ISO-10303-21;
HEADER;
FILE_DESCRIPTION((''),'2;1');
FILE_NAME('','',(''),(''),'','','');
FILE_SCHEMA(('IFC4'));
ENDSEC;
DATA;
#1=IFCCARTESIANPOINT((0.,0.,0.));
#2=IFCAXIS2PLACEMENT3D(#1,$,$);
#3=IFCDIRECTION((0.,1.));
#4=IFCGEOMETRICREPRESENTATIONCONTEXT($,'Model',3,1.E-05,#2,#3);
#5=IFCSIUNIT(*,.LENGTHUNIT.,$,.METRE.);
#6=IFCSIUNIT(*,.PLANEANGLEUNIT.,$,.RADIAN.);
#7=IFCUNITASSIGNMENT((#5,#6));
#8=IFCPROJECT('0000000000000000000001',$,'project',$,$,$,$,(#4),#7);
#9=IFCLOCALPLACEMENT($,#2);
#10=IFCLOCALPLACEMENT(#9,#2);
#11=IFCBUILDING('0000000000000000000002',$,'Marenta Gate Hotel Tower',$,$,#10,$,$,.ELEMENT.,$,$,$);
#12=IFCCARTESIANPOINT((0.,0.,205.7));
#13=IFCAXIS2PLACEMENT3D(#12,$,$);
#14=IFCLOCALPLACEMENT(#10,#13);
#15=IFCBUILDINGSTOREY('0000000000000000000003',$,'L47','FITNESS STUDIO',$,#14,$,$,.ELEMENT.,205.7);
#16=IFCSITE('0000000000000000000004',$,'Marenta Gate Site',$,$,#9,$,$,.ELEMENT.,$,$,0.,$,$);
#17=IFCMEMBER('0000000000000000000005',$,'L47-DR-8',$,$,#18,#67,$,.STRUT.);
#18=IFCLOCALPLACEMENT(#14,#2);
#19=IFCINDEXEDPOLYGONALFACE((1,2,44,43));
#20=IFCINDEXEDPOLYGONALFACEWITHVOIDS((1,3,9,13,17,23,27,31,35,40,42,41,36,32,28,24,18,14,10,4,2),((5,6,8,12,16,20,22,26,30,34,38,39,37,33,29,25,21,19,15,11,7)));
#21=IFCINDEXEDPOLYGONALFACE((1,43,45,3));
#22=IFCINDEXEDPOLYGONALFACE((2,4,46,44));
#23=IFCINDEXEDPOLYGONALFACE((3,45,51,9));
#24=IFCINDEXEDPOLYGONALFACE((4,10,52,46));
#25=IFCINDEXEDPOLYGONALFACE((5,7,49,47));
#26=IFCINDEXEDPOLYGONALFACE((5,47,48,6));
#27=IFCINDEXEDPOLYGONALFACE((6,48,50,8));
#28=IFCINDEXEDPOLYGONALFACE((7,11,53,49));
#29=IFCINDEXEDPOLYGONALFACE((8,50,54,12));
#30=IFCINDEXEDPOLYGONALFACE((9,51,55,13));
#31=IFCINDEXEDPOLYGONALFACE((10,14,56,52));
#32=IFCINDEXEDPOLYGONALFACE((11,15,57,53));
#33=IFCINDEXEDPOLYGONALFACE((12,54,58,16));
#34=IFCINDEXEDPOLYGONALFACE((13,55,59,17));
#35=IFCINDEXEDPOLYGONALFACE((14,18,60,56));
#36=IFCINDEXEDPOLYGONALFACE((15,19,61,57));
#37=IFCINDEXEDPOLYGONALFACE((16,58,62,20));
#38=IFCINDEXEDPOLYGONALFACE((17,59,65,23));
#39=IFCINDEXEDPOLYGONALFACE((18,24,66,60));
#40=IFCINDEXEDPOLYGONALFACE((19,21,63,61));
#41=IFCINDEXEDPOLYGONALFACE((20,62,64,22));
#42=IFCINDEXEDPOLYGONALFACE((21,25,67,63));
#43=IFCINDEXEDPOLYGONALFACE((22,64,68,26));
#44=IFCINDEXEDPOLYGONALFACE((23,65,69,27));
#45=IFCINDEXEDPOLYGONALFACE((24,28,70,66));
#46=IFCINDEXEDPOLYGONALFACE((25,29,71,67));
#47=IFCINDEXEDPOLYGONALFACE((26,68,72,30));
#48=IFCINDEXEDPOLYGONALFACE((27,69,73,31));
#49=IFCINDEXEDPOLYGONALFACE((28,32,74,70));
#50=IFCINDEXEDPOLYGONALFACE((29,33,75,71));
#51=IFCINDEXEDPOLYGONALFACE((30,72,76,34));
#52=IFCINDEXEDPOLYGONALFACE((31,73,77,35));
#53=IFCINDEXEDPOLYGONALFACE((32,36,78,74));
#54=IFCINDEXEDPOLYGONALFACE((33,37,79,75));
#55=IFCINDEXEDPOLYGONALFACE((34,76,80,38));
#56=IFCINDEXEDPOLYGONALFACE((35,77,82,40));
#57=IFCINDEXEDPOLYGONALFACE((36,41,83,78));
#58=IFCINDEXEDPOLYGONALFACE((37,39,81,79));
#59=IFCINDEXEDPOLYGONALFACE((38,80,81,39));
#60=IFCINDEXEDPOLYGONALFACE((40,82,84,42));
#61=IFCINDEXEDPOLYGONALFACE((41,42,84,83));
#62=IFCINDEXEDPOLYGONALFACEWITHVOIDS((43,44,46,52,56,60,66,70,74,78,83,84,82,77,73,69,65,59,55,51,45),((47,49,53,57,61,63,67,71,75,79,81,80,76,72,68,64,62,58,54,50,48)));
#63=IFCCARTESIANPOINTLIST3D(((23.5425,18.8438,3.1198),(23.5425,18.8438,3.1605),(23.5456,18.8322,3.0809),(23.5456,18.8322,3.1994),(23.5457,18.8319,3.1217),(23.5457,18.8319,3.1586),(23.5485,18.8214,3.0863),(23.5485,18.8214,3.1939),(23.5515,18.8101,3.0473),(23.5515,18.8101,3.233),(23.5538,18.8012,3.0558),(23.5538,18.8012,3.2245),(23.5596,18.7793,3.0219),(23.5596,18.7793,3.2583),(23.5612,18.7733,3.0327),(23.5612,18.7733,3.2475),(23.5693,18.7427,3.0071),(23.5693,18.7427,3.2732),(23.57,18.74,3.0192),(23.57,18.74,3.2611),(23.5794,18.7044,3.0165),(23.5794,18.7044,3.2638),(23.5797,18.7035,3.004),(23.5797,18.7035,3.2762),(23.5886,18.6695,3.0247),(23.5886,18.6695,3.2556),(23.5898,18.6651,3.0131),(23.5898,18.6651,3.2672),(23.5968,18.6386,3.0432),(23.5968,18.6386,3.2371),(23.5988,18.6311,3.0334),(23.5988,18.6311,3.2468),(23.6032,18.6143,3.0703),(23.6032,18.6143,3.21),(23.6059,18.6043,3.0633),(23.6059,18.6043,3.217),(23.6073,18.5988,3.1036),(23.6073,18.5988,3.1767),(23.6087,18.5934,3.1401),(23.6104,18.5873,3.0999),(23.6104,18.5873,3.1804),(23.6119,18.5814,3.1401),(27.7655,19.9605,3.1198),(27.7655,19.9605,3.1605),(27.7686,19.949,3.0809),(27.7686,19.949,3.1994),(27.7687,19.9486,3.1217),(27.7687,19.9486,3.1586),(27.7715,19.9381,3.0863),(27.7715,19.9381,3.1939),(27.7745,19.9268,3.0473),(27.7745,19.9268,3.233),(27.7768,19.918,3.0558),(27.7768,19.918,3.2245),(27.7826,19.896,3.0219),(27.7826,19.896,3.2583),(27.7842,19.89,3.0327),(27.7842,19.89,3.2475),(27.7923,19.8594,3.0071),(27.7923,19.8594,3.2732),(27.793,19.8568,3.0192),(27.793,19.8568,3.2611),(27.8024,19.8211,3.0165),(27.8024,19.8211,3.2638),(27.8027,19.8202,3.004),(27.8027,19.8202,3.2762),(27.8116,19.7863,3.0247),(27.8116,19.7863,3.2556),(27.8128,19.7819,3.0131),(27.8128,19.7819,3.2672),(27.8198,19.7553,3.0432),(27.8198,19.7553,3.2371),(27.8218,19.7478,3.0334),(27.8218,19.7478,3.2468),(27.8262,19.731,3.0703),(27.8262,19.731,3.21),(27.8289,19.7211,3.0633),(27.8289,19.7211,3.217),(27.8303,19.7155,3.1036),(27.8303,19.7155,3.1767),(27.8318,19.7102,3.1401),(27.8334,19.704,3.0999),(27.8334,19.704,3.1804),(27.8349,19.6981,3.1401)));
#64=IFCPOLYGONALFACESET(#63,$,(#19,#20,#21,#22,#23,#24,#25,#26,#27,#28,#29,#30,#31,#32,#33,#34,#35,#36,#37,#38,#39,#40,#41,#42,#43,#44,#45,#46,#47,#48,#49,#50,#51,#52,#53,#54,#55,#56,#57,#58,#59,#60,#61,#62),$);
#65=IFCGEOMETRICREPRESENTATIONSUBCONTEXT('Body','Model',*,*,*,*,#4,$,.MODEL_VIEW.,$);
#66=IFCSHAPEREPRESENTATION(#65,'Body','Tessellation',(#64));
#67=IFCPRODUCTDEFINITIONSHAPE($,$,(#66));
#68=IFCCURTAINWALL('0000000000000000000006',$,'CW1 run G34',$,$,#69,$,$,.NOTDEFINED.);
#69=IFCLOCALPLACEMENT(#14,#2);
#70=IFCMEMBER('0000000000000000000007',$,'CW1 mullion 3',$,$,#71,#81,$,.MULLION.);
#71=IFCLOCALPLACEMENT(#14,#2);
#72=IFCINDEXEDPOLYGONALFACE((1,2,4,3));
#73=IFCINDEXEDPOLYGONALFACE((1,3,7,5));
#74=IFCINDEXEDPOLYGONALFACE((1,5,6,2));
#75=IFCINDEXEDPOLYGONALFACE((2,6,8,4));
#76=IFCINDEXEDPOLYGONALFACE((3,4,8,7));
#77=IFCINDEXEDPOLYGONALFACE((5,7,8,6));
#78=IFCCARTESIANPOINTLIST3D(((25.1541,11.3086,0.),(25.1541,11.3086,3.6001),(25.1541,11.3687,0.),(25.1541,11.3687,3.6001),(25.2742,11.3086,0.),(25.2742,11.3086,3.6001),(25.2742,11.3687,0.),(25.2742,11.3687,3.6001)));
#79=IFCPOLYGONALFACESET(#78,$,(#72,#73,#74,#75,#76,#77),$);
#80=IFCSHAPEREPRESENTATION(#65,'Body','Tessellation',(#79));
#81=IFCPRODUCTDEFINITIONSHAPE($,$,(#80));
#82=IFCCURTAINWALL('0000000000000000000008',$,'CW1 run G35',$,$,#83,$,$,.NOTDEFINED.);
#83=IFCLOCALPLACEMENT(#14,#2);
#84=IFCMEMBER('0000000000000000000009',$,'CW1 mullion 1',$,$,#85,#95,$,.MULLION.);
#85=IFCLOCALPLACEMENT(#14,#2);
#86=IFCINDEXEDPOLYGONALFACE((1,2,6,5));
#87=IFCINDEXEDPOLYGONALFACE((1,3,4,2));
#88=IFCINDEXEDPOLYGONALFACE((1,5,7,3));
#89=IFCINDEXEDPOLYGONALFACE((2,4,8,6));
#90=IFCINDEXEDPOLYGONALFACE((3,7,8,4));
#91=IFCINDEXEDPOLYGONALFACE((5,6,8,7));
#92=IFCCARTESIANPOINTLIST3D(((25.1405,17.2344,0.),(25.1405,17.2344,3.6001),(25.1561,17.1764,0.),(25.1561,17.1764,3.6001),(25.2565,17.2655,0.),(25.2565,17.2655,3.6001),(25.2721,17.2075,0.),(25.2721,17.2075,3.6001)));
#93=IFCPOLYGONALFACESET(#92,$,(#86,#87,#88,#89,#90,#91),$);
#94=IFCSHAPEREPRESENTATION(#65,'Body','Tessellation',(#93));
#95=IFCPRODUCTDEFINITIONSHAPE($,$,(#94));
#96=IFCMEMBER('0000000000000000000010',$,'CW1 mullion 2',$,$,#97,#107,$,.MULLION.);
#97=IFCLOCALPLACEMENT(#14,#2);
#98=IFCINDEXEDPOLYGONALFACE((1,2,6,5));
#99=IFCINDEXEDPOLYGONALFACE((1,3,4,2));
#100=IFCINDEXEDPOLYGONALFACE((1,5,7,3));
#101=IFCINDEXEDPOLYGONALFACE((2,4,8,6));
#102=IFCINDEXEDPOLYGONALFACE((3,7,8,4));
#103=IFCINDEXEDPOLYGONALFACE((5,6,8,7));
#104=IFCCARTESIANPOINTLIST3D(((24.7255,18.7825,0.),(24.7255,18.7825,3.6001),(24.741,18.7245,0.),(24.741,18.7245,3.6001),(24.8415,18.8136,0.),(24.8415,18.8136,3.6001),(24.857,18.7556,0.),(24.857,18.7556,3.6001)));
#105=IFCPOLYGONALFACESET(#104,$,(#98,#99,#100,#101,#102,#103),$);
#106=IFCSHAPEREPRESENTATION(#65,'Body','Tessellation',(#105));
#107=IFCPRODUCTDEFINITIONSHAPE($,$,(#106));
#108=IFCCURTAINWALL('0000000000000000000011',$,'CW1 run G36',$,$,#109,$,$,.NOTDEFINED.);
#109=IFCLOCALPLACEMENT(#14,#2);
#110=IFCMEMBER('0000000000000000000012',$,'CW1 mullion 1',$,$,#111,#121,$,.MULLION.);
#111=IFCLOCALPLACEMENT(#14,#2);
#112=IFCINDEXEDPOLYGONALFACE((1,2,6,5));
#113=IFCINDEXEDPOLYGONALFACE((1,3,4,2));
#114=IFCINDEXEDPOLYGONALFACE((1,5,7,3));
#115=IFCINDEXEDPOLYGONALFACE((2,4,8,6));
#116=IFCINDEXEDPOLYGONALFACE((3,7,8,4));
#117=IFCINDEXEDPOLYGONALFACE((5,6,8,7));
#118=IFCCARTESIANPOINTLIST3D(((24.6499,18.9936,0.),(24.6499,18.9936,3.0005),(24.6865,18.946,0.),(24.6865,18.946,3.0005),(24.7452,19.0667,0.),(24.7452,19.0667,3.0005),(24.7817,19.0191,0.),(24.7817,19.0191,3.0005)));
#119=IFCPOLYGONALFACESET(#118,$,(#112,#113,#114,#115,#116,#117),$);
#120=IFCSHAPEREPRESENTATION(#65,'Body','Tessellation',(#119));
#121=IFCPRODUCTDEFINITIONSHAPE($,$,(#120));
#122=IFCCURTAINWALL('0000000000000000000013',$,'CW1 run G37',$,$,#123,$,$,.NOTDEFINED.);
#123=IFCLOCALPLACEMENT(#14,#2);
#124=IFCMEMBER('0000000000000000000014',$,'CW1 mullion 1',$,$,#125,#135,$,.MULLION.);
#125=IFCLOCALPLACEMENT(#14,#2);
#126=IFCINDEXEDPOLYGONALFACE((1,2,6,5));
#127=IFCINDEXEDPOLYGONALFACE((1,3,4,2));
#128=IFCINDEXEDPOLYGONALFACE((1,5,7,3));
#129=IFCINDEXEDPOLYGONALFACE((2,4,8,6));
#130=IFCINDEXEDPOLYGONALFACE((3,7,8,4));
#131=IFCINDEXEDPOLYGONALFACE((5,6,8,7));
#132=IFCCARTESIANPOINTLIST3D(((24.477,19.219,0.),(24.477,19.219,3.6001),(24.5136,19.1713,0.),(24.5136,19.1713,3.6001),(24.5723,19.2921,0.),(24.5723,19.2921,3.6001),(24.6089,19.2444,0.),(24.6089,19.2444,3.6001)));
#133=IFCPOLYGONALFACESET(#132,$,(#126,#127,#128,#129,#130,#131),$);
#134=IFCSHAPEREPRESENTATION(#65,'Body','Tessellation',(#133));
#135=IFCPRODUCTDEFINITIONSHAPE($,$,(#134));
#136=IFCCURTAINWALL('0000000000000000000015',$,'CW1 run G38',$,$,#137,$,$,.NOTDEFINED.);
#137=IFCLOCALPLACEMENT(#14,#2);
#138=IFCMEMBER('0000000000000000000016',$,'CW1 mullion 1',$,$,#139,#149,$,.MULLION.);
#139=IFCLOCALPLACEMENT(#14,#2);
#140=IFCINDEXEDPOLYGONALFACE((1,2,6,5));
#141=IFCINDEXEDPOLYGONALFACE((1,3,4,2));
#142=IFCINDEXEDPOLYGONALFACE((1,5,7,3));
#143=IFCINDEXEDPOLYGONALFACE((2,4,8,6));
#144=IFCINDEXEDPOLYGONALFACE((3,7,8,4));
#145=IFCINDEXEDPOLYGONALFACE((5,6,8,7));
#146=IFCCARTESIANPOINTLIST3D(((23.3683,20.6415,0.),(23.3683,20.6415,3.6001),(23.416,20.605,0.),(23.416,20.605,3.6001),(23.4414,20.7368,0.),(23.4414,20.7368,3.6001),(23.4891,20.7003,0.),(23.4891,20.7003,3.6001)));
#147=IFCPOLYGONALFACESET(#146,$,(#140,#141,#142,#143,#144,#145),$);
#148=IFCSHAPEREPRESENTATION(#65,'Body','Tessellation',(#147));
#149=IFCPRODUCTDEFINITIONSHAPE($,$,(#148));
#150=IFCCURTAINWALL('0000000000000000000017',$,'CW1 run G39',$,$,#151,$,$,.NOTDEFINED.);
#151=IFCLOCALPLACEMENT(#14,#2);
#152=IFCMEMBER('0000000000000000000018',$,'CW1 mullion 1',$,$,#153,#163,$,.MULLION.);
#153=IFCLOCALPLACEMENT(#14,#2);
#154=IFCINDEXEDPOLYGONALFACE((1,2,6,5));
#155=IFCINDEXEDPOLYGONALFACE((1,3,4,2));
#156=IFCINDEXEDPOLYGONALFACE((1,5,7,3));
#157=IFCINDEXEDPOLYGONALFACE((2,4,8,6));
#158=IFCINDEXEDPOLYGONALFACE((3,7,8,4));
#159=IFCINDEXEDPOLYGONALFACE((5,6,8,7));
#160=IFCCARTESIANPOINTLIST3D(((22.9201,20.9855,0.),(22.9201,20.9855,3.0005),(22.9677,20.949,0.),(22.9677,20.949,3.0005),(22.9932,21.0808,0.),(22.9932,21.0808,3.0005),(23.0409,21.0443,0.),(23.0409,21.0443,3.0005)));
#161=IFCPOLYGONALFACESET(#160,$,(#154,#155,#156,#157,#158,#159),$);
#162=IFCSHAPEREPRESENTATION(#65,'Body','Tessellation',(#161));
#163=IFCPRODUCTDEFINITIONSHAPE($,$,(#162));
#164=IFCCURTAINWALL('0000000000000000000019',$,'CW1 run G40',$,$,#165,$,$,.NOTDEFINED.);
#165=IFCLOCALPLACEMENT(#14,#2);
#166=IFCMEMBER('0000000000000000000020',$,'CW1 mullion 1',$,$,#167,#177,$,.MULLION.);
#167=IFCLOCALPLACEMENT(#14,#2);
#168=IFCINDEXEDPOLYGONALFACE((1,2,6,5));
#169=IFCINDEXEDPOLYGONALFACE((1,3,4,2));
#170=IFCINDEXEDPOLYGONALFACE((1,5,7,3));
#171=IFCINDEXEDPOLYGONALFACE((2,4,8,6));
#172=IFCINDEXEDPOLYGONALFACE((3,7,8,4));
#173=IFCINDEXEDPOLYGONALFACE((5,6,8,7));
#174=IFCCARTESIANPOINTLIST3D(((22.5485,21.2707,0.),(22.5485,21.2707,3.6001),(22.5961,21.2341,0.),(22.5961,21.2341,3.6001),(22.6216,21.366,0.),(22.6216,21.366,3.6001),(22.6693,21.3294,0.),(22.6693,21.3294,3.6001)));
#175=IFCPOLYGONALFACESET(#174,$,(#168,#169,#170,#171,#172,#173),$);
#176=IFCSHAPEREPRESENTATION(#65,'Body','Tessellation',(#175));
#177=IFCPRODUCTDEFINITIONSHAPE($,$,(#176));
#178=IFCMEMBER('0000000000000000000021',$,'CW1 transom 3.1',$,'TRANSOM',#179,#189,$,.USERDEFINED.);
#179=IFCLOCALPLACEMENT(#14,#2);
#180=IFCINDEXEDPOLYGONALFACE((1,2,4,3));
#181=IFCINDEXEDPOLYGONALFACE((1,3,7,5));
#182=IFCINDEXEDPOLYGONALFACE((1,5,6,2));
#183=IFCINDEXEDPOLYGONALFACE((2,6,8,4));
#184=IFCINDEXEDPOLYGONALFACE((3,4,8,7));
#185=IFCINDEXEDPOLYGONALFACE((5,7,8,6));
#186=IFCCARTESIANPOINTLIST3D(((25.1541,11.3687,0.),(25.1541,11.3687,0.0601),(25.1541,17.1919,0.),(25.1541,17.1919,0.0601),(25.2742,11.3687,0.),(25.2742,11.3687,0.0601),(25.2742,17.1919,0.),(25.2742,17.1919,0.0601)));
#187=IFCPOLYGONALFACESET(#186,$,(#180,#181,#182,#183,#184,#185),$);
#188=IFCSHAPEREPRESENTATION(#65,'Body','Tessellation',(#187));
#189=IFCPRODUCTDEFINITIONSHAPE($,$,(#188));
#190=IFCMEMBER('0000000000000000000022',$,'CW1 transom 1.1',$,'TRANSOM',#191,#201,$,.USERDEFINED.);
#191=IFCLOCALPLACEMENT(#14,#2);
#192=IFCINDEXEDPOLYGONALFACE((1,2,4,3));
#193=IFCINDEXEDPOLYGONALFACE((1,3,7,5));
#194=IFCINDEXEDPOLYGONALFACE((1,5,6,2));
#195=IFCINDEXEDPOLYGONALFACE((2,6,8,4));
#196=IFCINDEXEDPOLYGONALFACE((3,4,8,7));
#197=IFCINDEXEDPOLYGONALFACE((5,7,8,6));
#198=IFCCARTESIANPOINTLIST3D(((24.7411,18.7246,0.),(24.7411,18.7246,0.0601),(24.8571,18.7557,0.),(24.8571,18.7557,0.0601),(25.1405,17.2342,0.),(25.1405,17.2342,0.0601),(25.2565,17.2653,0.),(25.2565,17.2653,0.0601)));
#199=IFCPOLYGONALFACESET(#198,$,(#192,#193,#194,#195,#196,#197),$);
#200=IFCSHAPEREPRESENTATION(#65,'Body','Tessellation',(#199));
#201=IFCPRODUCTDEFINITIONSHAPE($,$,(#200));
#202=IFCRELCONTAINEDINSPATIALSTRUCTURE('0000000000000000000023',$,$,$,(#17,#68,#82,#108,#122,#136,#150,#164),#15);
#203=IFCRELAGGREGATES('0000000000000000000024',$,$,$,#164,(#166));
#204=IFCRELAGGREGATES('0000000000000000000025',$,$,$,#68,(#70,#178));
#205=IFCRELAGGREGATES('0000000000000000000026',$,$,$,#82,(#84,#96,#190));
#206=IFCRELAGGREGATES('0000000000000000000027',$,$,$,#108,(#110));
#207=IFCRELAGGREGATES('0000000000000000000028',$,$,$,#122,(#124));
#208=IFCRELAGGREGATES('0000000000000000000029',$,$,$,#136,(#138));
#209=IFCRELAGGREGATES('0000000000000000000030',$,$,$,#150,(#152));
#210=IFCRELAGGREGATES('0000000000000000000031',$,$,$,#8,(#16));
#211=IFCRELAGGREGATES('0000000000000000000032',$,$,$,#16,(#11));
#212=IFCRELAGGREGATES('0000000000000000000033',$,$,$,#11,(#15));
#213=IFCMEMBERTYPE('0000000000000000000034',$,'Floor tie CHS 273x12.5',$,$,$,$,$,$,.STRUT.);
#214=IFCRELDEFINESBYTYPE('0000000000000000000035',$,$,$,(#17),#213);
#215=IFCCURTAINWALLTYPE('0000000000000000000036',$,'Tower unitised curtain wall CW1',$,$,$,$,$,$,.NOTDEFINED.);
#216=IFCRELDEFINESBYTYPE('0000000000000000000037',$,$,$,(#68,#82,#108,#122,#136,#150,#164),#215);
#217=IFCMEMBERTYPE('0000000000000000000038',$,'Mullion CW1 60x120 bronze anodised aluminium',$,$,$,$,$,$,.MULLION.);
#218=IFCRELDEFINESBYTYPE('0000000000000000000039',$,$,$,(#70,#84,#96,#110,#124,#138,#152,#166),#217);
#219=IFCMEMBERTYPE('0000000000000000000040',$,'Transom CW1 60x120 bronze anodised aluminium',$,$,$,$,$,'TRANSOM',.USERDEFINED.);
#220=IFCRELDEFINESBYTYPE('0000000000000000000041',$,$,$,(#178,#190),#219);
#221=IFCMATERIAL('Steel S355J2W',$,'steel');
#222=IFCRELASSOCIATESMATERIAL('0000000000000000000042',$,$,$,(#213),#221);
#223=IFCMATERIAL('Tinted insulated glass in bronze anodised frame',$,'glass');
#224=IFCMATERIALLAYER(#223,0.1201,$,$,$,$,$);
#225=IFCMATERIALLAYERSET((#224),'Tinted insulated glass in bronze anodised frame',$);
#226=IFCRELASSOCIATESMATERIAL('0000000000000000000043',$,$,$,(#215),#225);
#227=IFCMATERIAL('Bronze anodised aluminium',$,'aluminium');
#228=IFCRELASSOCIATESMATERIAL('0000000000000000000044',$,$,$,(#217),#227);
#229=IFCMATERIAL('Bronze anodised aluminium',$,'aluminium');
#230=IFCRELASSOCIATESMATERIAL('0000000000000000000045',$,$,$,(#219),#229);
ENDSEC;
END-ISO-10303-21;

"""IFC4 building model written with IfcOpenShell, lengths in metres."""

from ifc_helpers import new_model, si_unit, direction, frame, origin, origin_2d, place, context, subcontext, project, spatial, rectangle, hollow_circle, extrude, material, layer, layer_set, material_profile, profile_set, type_object, element, aggregate, save


model = new_model("IFC4")

# Units and contexts
model_context = context("Model", 3, precision=1e-05, world=origin(), true_north=direction((0.0, 1.0)))
body_context = subcontext(model_context, "Body", "Model", "MODEL_VIEW")
ifc_project = project(units=[si_unit("LENGTHUNIT", "METRE"), si_unit("PLANEANGLEUNIT", "RADIAN")], contexts=[model_context])

# Site, building, storey
site_placement = place(None, origin())
site = spatial("IfcSite", under=ifc_project, at=site_placement, Name="Marenta Gate Site", CompositionType="ELEMENT", RefElevation=0.0)
building_placement = place(site_placement, origin())
building = spatial("IfcBuilding", under=site, at=building_placement, Name="Marenta Gate Hotel Tower", CompositionType="ELEMENT")
storey_placement = place(building_placement, frame((0.0, 0.0, 205.7)))
storey = spatial("IfcBuildingStorey", under=building, at=storey_placement, Name="L47", Description="FITNESS STUDIO", CompositionType="ELEMENT", Elevation=205.7)

# Member
ifc_material_1 = material(Name="Steel S355J2W", Category="steel")
ifc_material_profile_1 = material_profile(ifc_material_1, hollow_circle(Radius=0.1365, WallThickness=0.0125, at=origin_2d()), Name="CHS 273x12.5")
ifc_profile_set_1 = profile_set([ifc_material_profile_1], Name="Steel S355J2W")
member_type_1 = type_object("IfcMemberType", Name="Floor tie CHS 273x12.5", PredefinedType="STRUT", material=ifc_profile_set_1)
member_1_placement = place(storey_placement, frame((27.8, 19.8301, 3.1401), z_axis=(-0.966769, -0.255651, 0.0), x_axis=(0.255651, -0.966769, 0.0)))
element("IfcMember", 1, at=member_1_placement, inside=storey, type_object=member_type_1, Name="L47-DR-8", PredefinedType="STRUT", context=body_context, shape_type="SweptSolid", body=[
    extrude(hollow_circle(Radius=0.1365, WallThickness=0.0125, at=origin_2d()), origin(), (0.0, 0.0, 1.0), 4.3682),
])

# Curtain wall, member
ifc_material_2 = material(Name="Tinted insulated glass in bronze anodised frame", Category="glass")
ifc_layer_1 = layer(ifc_material_2, 0.1201)
ifc_layer_set_1 = layer_set([ifc_layer_1], Name="Tinted insulated glass in bronze anodised frame")
curtain_wall_type = type_object("IfcCurtainWallType", Name="Tower unitised curtain wall CW1", PredefinedType="NOTDEFINED", material=ifc_layer_set_1)
curtain_wall_1_placement = place(storey_placement, origin())
curtain_wall_1 = element("IfcCurtainWall", 2, at=curtain_wall_1_placement, inside=storey, type_object=curtain_wall_type, Name="CW1 run G34", PredefinedType="NOTDEFINED")
ifc_material_3 = material(Name="Bronze anodised aluminium", Category="aluminium")
ifc_material_profile_2 = material_profile(ifc_material_3, rectangle(XDim=0.1201, YDim=0.0601, at=origin_2d()), Name="Mullion CW1 60x120 bronze anodised aluminium")
ifc_profile_set_2 = profile_set([ifc_material_profile_2], Name="Bronze anodised aluminium")
member_type_2 = type_object("IfcMemberType", Name="Mullion CW1 60x120 bronze anodised aluminium", PredefinedType="MULLION", material=ifc_profile_set_2)
member_2_placement = place(storey_placement, frame((25.2141, 11.3386, 0.0), z_axis=(0.0, 0.0, 1.0), x_axis=(-1.0, 0.0, 0.0)))
member_2 = element("IfcMember", 3, at=member_2_placement, type_object=member_type_2, Name="CW1 mullion 3", PredefinedType="MULLION", context=body_context, shape_type="SweptSolid", body=[
    extrude(rectangle(XDim=0.1201, YDim=0.0601, at=origin_2d()), origin(), (0.0, 0.0, 1.0), 3.6001),
])

# Curtain wall, members
curtain_wall_2_placement = place(storey_placement, origin())
curtain_wall_2 = element("IfcCurtainWall", 4, at=curtain_wall_2_placement, inside=storey, type_object=curtain_wall_type, Name="CW1 run G35", PredefinedType="NOTDEFINED")
member_3_placement = place(storey_placement, frame((25.2063, 17.2209, 0.0), z_axis=(0.0, 0.0, 1.0), x_axis=(-0.965923, -0.25883, 0.0)))
member_3 = element("IfcMember", 5, at=member_3_placement, type_object=member_type_2, Name="CW1 mullion 1", PredefinedType="MULLION", context=body_context, shape_type="SweptSolid", body=[
    extrude(rectangle(XDim=0.1201, YDim=0.0601, at=origin_2d()), origin(), (0.0, 0.0, 1.0), 3.6001),
])
member_4_placement = place(storey_placement, frame((24.7913, 18.769, 0.0), z_axis=(0.0, 0.0, 1.0), x_axis=(-0.965923, -0.25883, 0.0)))
member_4 = element("IfcMember", 6, at=member_4_placement, type_object=member_type_2, Name="CW1 mullion 2", PredefinedType="MULLION", context=body_context, shape_type="SweptSolid", body=[
    extrude(rectangle(XDim=0.1201, YDim=0.0601, at=origin_2d()), origin(), (0.0, 0.0, 1.0), 3.6001),
])

# Curtain walls, members
curtain_wall_3_placement = place(storey_placement, origin())
curtain_wall_3 = element("IfcCurtainWall", 7, at=curtain_wall_3_placement, inside=storey, type_object=curtain_wall_type, Name="CW1 run G36", PredefinedType="NOTDEFINED")
member_5_placement = place(storey_placement, frame((24.7158, 19.0063, 0.0), z_axis=(0.0, 0.0, 1.0), x_axis=(-0.793317, -0.608808, 0.0)))
member_5 = element("IfcMember", 8, at=member_5_placement, type_object=member_type_2, Name="CW1 mullion 1", PredefinedType="MULLION", context=body_context, shape_type="SweptSolid", body=[
    extrude(rectangle(XDim=0.1201, YDim=0.0601, at=origin_2d()), origin(), (0.0, 0.0, 1.0), 3.0005),
])
curtain_wall_4_placement = place(storey_placement, origin())
curtain_wall_4 = element("IfcCurtainWall", 9, at=curtain_wall_4_placement, inside=storey, type_object=curtain_wall_type, Name="CW1 run G37", PredefinedType="NOTDEFINED")
member_6_placement = place(storey_placement, frame((24.543, 19.2317, 0.0), z_axis=(0.0, 0.0, 1.0), x_axis=(-0.793336, -0.608784, 0.0)))
member_6 = element("IfcMember", 10, at=member_6_placement, type_object=member_type_2, Name="CW1 mullion 1", PredefinedType="MULLION", context=body_context, shape_type="SweptSolid", body=[
    extrude(rectangle(XDim=0.1201, YDim=0.0601, at=origin_2d()), origin(), (0.0, 0.0, 1.0), 3.6001),
])
curtain_wall_5_placement = place(storey_placement, origin())
curtain_wall_5 = element("IfcCurtainWall", 11, at=curtain_wall_5_placement, inside=storey, type_object=curtain_wall_type, Name="CW1 run G38", PredefinedType="NOTDEFINED")
member_7_placement = place(storey_placement, frame((23.4287, 20.6709, 0.0), z_axis=(0.0, 0.0, 1.0), x_axis=(-0.60877, -0.793347, 0.0)))
member_7 = element("IfcMember", 12, at=member_7_placement, type_object=member_type_2, Name="CW1 mullion 1", PredefinedType="MULLION", context=body_context, shape_type="SweptSolid", body=[
    extrude(rectangle(XDim=0.1201, YDim=0.0601, at=origin_2d()), origin(), (0.0, 0.0, 1.0), 3.6001),
])
curtain_wall_6_placement = place(storey_placement, origin())
curtain_wall_6 = element("IfcCurtainWall", 13, at=curtain_wall_6_placement, inside=storey, type_object=curtain_wall_type, Name="CW1 run G39", PredefinedType="NOTDEFINED")
member_8_placement = place(storey_placement, frame((22.9805, 21.0149, 0.0), z_axis=(0.0, 0.0, 1.0), x_axis=(-0.608844, -0.79329, 0.0)))
member_8 = element("IfcMember", 14, at=member_8_placement, type_object=member_type_2, Name="CW1 mullion 1", PredefinedType="MULLION", context=body_context, shape_type="SweptSolid", body=[
    extrude(rectangle(XDim=0.1201, YDim=0.0601, at=origin_2d()), origin(), (0.0, 0.0, 1.0), 3.0005),
])
curtain_wall_7_placement = place(storey_placement, origin())
curtain_wall_7 = element("IfcCurtainWall", 15, at=curtain_wall_7_placement, inside=storey, type_object=curtain_wall_type, Name="CW1 run G40", PredefinedType="NOTDEFINED")
member_9_placement = place(storey_placement, frame((22.6089, 21.3, 0.0), z_axis=(0.0, 0.0, 1.0), x_axis=(-0.608772, -0.793345, 0.0)))
member_9 = element("IfcMember", 16, at=member_9_placement, type_object=member_type_2, Name="CW1 mullion 1", PredefinedType="MULLION", context=body_context, shape_type="SweptSolid", body=[
    extrude(rectangle(XDim=0.1201, YDim=0.0601, at=origin_2d()), origin(), (0.0, 0.0, 1.0), 3.6001),
])

# Members
ifc_material_4 = material(Name="Bronze anodised aluminium", Category="aluminium")
ifc_material_profile_3 = material_profile(ifc_material_4, rectangle(XDim=0.1201, YDim=0.0601, at=origin_2d()), Name="Transom CW1 60x120 bronze anodised aluminium")
ifc_profile_set_3 = profile_set([ifc_material_profile_3], Name="Bronze anodised aluminium")
member_type_3 = type_object("IfcMemberType", Name="Transom CW1 60x120 bronze anodised aluminium", ElementType="TRANSOM", PredefinedType="USERDEFINED", material=ifc_profile_set_3)
member_10_placement = place(storey_placement, frame((25.2141, 11.3687, 0.03), z_axis=(0.0, 1.0, 0.0), x_axis=(-1.0, 0.0, 0.0)))
member_10 = element("IfcMember", 17, at=member_10_placement, type_object=member_type_3, Name="CW1 transom 3.1", ObjectType="TRANSOM", PredefinedType="USERDEFINED", context=body_context, shape_type="SweptSolid", body=[
    extrude(rectangle(XDim=0.1201, YDim=0.0601, at=origin_2d()), origin(), (0.0, 0.0, 1.0), 5.8232),
])
member_11_placement = place(storey_placement, frame((25.1985, 17.2498, 0.03), z_axis=(-0.258844, 0.965919, 0.0), x_axis=(-0.965919, -0.258844, 0.0)))
member_11 = element("IfcMember", 18, at=member_11_placement, type_object=member_type_3, Name="CW1 transom 1.1", ObjectType="TRANSOM", PredefinedType="USERDEFINED", context=body_context, shape_type="SweptSolid", body=[
    extrude(rectangle(XDim=0.1201, YDim=0.0601, at=origin_2d()), origin(), (0.0, 0.0, 1.0), 1.543),
])
aggregate(curtain_wall_7, [member_9])

aggregate(curtain_wall_1, [member_2, member_10])
aggregate(curtain_wall_2, [member_3, member_4, member_11])
aggregate(curtain_wall_3, [member_5])
aggregate(curtain_wall_4, [member_6])
aggregate(curtain_wall_5, [member_7])
aggregate(curtain_wall_6, [member_8])

save(model, "model.ifc")
